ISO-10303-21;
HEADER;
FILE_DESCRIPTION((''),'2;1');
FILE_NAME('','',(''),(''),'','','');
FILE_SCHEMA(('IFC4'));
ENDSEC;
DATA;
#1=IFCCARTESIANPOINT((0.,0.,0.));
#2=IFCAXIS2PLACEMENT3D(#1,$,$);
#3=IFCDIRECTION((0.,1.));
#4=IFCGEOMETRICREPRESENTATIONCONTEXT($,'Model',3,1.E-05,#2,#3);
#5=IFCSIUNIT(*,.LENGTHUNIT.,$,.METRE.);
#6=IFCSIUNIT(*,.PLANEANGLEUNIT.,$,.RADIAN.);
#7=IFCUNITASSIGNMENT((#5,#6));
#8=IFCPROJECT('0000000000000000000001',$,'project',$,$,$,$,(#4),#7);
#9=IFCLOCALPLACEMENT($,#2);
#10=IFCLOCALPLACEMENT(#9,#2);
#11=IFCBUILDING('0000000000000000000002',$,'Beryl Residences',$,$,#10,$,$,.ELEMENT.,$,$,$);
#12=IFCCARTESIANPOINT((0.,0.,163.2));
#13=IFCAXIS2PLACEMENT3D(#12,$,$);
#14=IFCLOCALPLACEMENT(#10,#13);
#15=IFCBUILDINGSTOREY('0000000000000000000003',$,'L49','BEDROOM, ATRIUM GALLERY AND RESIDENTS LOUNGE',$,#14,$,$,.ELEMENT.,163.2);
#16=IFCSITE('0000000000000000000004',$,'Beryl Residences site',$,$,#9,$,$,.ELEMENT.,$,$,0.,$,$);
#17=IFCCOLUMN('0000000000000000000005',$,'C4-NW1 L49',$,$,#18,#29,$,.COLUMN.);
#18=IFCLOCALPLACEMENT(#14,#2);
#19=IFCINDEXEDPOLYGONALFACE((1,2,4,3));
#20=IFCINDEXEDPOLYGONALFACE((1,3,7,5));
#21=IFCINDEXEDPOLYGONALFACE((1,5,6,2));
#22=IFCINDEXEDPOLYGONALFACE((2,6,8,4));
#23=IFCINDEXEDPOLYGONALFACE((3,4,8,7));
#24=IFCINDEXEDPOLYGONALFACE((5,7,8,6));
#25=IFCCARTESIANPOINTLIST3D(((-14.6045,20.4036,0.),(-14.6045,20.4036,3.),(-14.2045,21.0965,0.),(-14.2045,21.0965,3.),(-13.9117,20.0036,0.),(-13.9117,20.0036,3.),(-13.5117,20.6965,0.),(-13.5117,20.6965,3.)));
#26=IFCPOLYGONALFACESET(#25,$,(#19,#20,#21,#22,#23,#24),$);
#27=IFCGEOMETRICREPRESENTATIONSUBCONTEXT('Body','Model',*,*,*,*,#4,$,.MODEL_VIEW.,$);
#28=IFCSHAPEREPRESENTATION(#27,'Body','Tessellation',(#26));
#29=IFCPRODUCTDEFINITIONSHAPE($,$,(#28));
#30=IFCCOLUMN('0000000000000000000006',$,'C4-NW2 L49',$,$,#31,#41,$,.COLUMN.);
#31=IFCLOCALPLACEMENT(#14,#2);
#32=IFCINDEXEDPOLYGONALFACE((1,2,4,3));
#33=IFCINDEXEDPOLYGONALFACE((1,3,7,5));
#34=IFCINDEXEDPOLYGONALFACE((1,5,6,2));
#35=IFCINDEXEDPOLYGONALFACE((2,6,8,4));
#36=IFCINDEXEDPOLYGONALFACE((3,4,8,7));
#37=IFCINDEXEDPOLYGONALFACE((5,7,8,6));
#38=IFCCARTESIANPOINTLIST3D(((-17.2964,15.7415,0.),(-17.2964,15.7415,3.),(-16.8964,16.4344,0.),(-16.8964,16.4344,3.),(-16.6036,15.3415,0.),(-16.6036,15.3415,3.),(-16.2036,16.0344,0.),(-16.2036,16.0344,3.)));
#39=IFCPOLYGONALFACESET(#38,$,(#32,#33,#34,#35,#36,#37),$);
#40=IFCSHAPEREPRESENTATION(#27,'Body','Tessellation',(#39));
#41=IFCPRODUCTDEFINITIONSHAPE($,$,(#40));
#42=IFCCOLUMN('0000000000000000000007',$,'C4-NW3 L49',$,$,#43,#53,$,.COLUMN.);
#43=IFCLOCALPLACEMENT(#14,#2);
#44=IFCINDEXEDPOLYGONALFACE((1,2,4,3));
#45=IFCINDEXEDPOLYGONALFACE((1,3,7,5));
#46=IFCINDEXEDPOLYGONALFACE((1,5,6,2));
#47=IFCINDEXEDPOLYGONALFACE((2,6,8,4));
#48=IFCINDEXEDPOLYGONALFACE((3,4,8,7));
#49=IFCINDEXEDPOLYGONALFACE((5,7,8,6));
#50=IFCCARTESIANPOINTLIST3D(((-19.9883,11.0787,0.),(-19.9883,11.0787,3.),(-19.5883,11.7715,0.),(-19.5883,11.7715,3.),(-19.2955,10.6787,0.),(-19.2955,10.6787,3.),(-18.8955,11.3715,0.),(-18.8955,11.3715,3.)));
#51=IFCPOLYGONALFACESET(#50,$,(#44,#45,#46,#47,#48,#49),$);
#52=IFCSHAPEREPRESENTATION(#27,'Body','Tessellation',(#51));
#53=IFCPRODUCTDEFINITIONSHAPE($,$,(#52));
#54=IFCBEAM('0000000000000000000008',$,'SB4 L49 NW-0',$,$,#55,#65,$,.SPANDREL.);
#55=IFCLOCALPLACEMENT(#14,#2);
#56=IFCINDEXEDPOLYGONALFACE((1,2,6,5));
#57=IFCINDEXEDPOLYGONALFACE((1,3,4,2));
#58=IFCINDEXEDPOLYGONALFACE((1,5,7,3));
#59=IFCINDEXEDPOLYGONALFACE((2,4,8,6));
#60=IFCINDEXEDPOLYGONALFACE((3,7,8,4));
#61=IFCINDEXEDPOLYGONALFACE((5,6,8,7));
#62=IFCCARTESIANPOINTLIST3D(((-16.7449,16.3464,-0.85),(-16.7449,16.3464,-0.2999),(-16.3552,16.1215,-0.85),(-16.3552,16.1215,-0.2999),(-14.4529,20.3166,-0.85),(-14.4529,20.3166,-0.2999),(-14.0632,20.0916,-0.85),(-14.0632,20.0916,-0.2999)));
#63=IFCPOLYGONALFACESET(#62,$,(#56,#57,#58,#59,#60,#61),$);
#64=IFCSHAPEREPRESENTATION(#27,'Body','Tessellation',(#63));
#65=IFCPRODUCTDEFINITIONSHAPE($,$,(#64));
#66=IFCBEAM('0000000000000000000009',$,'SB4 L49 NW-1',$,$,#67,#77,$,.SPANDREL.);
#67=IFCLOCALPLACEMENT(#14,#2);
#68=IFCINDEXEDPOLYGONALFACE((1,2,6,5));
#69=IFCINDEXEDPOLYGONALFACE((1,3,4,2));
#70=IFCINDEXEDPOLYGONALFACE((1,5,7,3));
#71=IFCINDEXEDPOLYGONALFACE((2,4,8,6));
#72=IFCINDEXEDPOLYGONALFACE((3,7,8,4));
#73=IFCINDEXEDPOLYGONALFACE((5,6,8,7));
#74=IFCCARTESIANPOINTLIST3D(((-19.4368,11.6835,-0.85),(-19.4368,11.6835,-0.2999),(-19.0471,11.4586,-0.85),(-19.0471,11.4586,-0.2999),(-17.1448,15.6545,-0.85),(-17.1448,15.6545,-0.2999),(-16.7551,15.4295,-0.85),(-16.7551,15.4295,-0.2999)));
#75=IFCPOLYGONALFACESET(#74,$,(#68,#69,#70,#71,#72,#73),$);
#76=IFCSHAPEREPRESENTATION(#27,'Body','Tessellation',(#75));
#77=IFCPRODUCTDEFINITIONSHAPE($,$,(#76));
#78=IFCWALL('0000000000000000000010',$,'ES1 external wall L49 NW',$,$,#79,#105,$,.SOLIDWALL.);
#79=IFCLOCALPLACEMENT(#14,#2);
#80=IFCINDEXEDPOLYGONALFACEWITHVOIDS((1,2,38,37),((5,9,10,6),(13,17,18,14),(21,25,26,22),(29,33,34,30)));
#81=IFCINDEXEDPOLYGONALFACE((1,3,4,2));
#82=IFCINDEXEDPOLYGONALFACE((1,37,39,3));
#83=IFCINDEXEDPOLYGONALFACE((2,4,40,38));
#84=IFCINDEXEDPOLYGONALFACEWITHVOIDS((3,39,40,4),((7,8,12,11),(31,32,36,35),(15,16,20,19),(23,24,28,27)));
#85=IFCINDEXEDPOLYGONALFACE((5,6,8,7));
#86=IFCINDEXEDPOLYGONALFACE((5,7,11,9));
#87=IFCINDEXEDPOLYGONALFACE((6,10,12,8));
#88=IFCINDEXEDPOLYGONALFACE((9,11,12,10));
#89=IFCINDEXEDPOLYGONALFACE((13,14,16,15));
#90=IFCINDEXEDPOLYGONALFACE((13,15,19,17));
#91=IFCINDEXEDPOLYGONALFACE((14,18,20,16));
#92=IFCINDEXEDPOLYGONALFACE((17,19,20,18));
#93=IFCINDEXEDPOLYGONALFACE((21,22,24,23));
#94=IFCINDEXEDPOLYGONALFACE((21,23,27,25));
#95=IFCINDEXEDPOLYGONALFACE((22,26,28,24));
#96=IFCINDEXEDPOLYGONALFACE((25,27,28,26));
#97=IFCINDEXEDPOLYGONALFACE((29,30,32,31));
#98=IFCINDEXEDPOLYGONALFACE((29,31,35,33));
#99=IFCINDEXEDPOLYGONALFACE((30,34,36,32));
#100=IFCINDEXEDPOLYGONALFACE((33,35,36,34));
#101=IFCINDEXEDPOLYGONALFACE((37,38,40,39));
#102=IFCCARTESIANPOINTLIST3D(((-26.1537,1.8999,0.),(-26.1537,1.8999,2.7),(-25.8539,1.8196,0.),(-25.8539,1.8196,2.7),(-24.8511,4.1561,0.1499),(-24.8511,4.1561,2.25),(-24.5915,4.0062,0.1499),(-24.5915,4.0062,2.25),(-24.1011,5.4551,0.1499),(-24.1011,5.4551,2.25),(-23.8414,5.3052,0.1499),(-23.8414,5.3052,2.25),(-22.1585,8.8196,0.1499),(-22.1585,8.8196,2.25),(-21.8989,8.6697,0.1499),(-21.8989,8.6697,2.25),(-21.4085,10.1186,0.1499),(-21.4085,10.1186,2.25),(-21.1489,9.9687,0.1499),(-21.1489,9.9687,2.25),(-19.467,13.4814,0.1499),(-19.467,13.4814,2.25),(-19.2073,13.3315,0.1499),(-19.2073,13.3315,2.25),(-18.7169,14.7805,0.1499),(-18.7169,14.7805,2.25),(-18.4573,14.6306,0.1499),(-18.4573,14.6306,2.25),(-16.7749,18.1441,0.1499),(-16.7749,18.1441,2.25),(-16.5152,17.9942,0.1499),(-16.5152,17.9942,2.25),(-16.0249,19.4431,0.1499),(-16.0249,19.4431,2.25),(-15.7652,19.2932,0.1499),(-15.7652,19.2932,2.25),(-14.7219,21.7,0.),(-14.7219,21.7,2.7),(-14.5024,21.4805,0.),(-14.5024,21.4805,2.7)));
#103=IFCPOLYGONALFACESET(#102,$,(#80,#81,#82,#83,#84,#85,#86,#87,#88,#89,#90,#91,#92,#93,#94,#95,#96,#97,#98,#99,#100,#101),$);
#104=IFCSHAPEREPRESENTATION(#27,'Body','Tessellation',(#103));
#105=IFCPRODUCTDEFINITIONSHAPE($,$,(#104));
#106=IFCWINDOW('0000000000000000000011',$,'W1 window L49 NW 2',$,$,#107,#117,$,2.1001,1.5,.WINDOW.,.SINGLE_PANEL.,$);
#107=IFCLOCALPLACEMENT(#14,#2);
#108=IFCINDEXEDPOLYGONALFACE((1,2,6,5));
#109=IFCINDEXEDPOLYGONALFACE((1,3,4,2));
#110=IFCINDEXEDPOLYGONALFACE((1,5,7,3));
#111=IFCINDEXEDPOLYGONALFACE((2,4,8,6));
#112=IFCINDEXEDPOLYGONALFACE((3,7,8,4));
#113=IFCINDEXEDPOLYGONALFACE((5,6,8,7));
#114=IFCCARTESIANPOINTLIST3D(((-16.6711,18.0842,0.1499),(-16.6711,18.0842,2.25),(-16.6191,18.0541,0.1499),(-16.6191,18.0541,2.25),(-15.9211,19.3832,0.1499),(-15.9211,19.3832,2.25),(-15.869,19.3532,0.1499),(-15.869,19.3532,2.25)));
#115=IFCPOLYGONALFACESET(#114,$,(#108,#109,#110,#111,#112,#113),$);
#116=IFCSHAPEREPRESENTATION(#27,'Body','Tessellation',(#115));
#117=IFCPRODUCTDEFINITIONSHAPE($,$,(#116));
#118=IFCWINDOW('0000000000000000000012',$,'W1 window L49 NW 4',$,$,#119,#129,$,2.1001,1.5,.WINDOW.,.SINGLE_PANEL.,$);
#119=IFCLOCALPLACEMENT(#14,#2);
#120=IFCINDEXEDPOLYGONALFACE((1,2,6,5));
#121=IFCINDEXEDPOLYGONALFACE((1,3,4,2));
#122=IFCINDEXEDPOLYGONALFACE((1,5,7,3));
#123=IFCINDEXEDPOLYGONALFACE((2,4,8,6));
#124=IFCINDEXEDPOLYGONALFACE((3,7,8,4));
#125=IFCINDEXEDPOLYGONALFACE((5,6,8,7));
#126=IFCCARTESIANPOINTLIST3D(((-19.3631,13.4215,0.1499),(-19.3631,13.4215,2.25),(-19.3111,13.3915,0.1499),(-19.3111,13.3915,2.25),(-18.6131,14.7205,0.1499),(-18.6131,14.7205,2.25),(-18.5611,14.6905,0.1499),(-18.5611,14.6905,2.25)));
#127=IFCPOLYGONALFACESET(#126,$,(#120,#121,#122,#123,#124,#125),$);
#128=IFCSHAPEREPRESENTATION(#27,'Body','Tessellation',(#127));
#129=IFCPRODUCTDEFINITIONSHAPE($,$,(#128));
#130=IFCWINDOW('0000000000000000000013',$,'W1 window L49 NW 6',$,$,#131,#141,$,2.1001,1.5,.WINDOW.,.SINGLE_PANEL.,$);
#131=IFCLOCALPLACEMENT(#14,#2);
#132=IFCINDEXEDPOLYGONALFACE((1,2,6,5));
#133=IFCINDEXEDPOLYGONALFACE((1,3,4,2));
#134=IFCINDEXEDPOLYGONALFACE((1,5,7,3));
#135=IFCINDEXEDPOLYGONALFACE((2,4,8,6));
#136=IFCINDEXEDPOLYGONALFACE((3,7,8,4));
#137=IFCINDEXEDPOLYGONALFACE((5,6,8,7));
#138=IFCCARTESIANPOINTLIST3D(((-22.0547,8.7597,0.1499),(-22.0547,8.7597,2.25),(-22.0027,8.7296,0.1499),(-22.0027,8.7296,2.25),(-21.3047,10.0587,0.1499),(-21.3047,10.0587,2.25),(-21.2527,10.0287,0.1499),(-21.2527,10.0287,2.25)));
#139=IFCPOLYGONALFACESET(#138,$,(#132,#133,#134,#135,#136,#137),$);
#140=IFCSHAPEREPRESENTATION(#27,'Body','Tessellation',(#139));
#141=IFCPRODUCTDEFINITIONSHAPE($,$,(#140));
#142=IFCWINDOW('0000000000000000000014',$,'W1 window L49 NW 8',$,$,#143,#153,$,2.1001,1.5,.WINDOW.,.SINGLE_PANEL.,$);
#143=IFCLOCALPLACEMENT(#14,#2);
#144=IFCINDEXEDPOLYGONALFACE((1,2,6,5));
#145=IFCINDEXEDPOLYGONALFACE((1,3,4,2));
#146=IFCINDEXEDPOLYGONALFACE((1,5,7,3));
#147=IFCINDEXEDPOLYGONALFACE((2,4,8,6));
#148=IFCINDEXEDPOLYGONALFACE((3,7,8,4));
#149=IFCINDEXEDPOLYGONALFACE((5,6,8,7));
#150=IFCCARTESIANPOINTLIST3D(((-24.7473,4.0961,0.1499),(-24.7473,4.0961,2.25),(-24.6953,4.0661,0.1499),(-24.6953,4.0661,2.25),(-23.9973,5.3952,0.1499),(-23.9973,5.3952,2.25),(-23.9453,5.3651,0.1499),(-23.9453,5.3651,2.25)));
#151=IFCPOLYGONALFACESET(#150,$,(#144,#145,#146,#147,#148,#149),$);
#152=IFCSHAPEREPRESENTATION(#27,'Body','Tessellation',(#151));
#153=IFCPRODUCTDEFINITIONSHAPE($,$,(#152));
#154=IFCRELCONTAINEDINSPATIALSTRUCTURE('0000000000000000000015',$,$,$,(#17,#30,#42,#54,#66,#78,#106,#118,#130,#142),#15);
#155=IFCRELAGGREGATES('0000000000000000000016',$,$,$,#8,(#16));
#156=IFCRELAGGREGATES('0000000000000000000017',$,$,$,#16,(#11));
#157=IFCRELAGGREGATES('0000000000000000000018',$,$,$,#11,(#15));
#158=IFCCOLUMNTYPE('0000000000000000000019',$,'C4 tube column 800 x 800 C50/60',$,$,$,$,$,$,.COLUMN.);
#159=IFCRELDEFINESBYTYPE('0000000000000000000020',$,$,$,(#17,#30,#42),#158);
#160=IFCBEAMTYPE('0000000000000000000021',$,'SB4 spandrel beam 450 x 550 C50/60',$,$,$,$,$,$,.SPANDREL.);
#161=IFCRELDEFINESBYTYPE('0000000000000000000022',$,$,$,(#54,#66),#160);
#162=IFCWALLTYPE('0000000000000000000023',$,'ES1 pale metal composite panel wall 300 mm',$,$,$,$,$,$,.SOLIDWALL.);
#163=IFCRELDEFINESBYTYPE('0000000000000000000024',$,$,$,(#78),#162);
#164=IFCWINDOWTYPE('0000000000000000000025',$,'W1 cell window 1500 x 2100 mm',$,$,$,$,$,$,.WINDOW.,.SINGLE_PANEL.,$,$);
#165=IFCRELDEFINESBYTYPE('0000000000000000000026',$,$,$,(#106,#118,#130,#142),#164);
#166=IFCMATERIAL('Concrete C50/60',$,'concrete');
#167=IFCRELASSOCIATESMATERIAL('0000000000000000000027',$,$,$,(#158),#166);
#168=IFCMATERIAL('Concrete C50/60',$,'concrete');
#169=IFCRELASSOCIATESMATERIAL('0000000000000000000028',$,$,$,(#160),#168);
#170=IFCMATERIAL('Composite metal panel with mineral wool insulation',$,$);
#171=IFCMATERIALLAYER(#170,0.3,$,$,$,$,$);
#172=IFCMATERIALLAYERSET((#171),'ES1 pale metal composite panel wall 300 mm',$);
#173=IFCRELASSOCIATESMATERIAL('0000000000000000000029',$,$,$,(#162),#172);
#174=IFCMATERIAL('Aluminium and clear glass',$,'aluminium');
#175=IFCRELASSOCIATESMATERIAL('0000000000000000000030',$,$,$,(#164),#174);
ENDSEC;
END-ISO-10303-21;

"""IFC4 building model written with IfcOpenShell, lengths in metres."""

from ifc_helpers import new_model, si_unit, direction, frame, frame_2d, origin, origin_2d, place, context, subcontext, project, spatial, polyline, rectangle, outline, extrude, material, layer, layer_set, material_profile, profile_set, type_object, element, fill, save


model = new_model("IFC4")

# Units and contexts
model_context = context("Model", 3, precision=1e-05, world=origin(), true_north=direction((0.0, 1.0)))
body_context = subcontext(model_context, "Body", "Model", "MODEL_VIEW")
ifc_project = project(units=[si_unit("LENGTHUNIT", "METRE"), si_unit("PLANEANGLEUNIT", "RADIAN")], contexts=[model_context])

# Site, building, storey
site_placement = place(None, origin())
site = spatial("IfcSite", under=ifc_project, at=site_placement, Name="Beryl Residences site", CompositionType="ELEMENT", RefElevation=0.0)
building_placement = place(site_placement, origin())
building = spatial("IfcBuilding", under=site, at=building_placement, Name="Beryl Residences", CompositionType="ELEMENT")
storey_placement = place(building_placement, frame((0.0, 0.0, 163.2)))
storey = spatial("IfcBuildingStorey", under=building, at=storey_placement, Name="L49", Description="BEDROOM, ATRIUM GALLERY AND RESIDENTS LOUNGE", CompositionType="ELEMENT", Elevation=163.2)

# Columns
ifc_material_1 = material(Name="Concrete C50/60", Category="concrete")
ifc_material_profile_1 = material_profile(ifc_material_1, rectangle(XDim=0.8, YDim=0.8, at=origin_2d()))
ifc_profile_set_1 = profile_set([ifc_material_profile_1], Name="Concrete C50/60")
column_type = type_object("IfcColumnType", Name="C4 tube column 800 x 800 C50/60", PredefinedType="COLUMN", material=ifc_profile_set_1)
for number, where, z_axis, x_axis, name in (
    (1, (-14.0581, 20.55, 0.0), (0.0, 0.0, 1.0), (-0.5, -0.866025, 0.0), "C4-NW1 L49"),
    (2, (-16.75, 15.8879, 0.0), (0.0, 0.0, 1.0), (-0.5, -0.866025, 0.0), "C4-NW2 L49"),
    (3, (-19.4419, 11.2251, 0.0), (0.0, 0.0, 1.0), (-0.5, -0.866025, 0.0), "C4-NW3 L49"),
):
    element("IfcColumn", number, at=place(storey_placement, frame(where, z_axis=z_axis, x_axis=x_axis)), inside=storey, type_object=column_type, Name=name, PredefinedType="COLUMN", context=body_context, shape_type="SweptSolid", body=[
        extrude(rectangle(XDim=0.8, YDim=0.8, at=origin_2d()), origin(), (0.0, 0.0, 1.0), 3.0),
    ])

# Beams
ifc_material_2 = material(Name="Concrete C50/60", Category="concrete")
ifc_material_profile_2 = material_profile(ifc_material_2, rectangle(XDim=0.45, YDim=0.55, at=origin_2d()))
ifc_profile_set_2 = profile_set([ifc_material_profile_2], Name="Concrete C50/60")
beam_type = type_object("IfcBeamType", Name="SB4 spandrel beam 450 x 550 C50/60", PredefinedType="SPANDREL", material=ifc_profile_set_2)
beam_1_placement = place(storey_placement, frame((-14.2581, 20.2041, -0.575), z_axis=(-0.499965, -0.866045, 0.0), x_axis=(0.866045, -0.499965, 0.0)))
element("IfcBeam", 4, at=beam_1_placement, inside=storey, type_object=beam_type, Name="SB4 L49 NW-0", PredefinedType="SPANDREL", context=body_context, shape_type="SweptSolid", body=[
    extrude(rectangle(XDim=0.45, YDim=0.55, at=origin_2d()), origin(), (0.0, 0.0, 1.0), 4.5842),
])
beam_2_placement = place(storey_placement, frame((-16.95, 15.542, -0.575), z_axis=(-0.499896, -0.866085, 0.0), x_axis=(0.866085, -0.499896, 0.0)))
element("IfcBeam", 5, at=beam_2_placement, inside=storey, type_object=beam_type, Name="SB4 L49 NW-1", PredefinedType="SPANDREL", context=body_context, shape_type="SweptSolid", body=[
    extrude(rectangle(XDim=0.45, YDim=0.55, at=origin_2d()), origin(), (0.0, 0.0, 1.0), 4.585),
])

# Wall, openings, windows
ifc_material_3 = material(Name="Composite metal panel with mineral wool insulation")
ifc_layer_1 = layer(ifc_material_3, 0.3)
ifc_layer_set_1 = layer_set([ifc_layer_1], Name="ES1 pale metal composite panel wall 300 mm")
wall_type_1 = type_object("IfcWallType", Name="ES1 pale metal composite panel wall 300 mm", PredefinedType="SOLIDWALL", material=ifc_layer_set_1)
wall_1_placement = place(storey_placement, frame((-14.592, 21.625, 0.0), z_axis=(0.0, 0.0, 1.0), x_axis=(-0.500011, -0.866019, 0.0)))
wall_1 = element("IfcWall", 6, at=wall_1_placement, inside=storey, type_object=wall_type_1, Name="ES1 external wall L49 NW", PredefinedType="SOLIDWALL", context=body_context, shape_type="SweptSolid", body=[
    extrude(outline(polyline([(0.0, -0.1499), (22.8633, -0.1499), (22.783, 0.1499), (0.0803, 0.1499), (0.0, -0.1499)])), origin(), (0.0, 0.0, 1.0), 2.7),
])
opening_1_placement = place(wall_1_placement, frame((2.606, 0.0, 0.1499)))
opening_1 = element("IfcOpeningElement", 7, at=opening_1_placement, cuts=wall_1, PredefinedType="OPENING", context=body_context, shape_type="SweptSolid", body=[
    extrude(rectangle(XDim=1.5, YDim=2.1001, at=frame_2d((0.75, 1.05))), frame((0.0, 0.1599, 0.0), z_axis=(0.0, -1.0, 0.0), x_axis=(1.0, 0.0, 0.0)), (0.0, 0.0, 1.0), 0.3201),
])
opening_2_placement = place(wall_1_placement, frame((7.99, 0.0, 0.1499)))
opening_2 = element("IfcOpeningElement", 8, at=opening_2_placement, cuts=wall_1, PredefinedType="OPENING", context=body_context, shape_type="SweptSolid", body=[
    extrude(rectangle(XDim=1.5, YDim=2.1001, at=frame_2d((0.75, 1.05))), frame((0.0, 0.1599, 0.0), z_axis=(0.0, -1.0, 0.0), x_axis=(1.0, 0.0, 0.0)), (0.0, 0.0, 1.0), 0.3201),
])
opening_3_placement = place(wall_1_placement, frame((13.373, 0.0, 0.1499)))
opening_3 = element("IfcOpeningElement", 9, at=opening_3_placement, cuts=wall_1, PredefinedType="OPENING", context=body_context, shape_type="SweptSolid", body=[
    extrude(rectangle(XDim=1.5, YDim=2.1001, at=frame_2d((0.75, 1.05))), frame((0.0, 0.1599, 0.0), z_axis=(0.0, -1.0, 0.0), x_axis=(1.0, 0.0, 0.0)), (0.0, 0.0, 1.0), 0.3201),
])
opening_4_placement = place(wall_1_placement, frame((18.7581, 0.0, 0.1499)))
opening_4 = element("IfcOpeningElement", 10, at=opening_4_placement, cuts=wall_1, PredefinedType="OPENING", context=body_context, shape_type="SweptSolid", body=[
    extrude(rectangle(XDim=1.5, YDim=2.1001, at=frame_2d((0.75, 1.05))), frame((0.0, 0.1599, 0.0), z_axis=(0.0, -1.0, 0.0), x_axis=(1.0, 0.0, 0.0)), (0.0, 0.0, 1.0), 0.3201),
])
ifc_material_4 = material(Name="Aluminium and clear glass", Category="aluminium")
window_type = type_object("IfcWindowType", Name="W1 cell window 1500 x 2100 mm", PartitioningType="SINGLE_PANEL", PredefinedType="WINDOW", material=ifc_material_4)
window_1_placement = place(opening_1_placement, origin())
window_1 = element("IfcWindow", 11, at=window_1_placement, inside=storey, type_object=window_type, Name="W1 window L49 NW 2", OverallHeight=2.1001, OverallWidth=1.5, PartitioningType="SINGLE_PANEL", PredefinedType="WINDOW", context=body_context, shape_type="SweptSolid", body=[
    extrude(rectangle(XDim=1.5, YDim=2.1001, at=frame_2d((0.75, 1.05))), frame((0.0, 0.03, 0.0), z_axis=(0.0, -1.0, 0.0), x_axis=(1.0, 0.0, 0.0)), (0.0, 0.0, 1.0), 0.0601),
])
fill(opening_1, window_1)
window_2_placement = place(opening_2_placement, origin())
window_2 = element("IfcWindow", 12, at=window_2_placement, inside=storey, type_object=window_type, Name="W1 window L49 NW 4", OverallHeight=2.1001, OverallWidth=1.5, PartitioningType="SINGLE_PANEL", PredefinedType="WINDOW", context=body_context, shape_type="SweptSolid", body=[
    extrude(rectangle(XDim=1.5, YDim=2.1001, at=frame_2d((0.75, 1.05))), frame((0.0, 0.03, 0.0), z_axis=(0.0, -1.0, 0.0), x_axis=(1.0, 0.0, 0.0)), (0.0, 0.0, 1.0), 0.0601),
])
fill(opening_2, window_2)
window_3_placement = place(opening_3_placement, origin())
window_3 = element("IfcWindow", 13, at=window_3_placement, inside=storey, type_object=window_type, Name="W1 window L49 NW 6", OverallHeight=2.1001, OverallWidth=1.5, PartitioningType="SINGLE_PANEL", PredefinedType="WINDOW", context=body_context, shape_type="SweptSolid", body=[
    extrude(rectangle(XDim=1.5, YDim=2.1001, at=frame_2d((0.75, 1.05))), frame((0.0, 0.03, 0.0), z_axis=(0.0, -1.0, 0.0), x_axis=(1.0, 0.0, 0.0)), (0.0, 0.0, 1.0), 0.0601),
])
fill(opening_3, window_3)
window_4_placement = place(opening_4_placement, origin())
window_4 = element("IfcWindow", 14, at=window_4_placement, inside=storey, type_object=window_type, Name="W1 window L49 NW 8", OverallHeight=2.1001, OverallWidth=1.5, PartitioningType="SINGLE_PANEL", PredefinedType="WINDOW", context=body_context, shape_type="SweptSolid", body=[
    extrude(rectangle(XDim=1.5, YDim=2.1001, at=frame_2d((0.75, 1.05))), frame((0.0, 0.03, 0.0), z_axis=(0.0, -1.0, 0.0), x_axis=(1.0, 0.0, 0.0)), (0.0, 0.0, 1.0), 0.0601),
])
fill(opening_4, window_4)

save(model, "model.ifc")
